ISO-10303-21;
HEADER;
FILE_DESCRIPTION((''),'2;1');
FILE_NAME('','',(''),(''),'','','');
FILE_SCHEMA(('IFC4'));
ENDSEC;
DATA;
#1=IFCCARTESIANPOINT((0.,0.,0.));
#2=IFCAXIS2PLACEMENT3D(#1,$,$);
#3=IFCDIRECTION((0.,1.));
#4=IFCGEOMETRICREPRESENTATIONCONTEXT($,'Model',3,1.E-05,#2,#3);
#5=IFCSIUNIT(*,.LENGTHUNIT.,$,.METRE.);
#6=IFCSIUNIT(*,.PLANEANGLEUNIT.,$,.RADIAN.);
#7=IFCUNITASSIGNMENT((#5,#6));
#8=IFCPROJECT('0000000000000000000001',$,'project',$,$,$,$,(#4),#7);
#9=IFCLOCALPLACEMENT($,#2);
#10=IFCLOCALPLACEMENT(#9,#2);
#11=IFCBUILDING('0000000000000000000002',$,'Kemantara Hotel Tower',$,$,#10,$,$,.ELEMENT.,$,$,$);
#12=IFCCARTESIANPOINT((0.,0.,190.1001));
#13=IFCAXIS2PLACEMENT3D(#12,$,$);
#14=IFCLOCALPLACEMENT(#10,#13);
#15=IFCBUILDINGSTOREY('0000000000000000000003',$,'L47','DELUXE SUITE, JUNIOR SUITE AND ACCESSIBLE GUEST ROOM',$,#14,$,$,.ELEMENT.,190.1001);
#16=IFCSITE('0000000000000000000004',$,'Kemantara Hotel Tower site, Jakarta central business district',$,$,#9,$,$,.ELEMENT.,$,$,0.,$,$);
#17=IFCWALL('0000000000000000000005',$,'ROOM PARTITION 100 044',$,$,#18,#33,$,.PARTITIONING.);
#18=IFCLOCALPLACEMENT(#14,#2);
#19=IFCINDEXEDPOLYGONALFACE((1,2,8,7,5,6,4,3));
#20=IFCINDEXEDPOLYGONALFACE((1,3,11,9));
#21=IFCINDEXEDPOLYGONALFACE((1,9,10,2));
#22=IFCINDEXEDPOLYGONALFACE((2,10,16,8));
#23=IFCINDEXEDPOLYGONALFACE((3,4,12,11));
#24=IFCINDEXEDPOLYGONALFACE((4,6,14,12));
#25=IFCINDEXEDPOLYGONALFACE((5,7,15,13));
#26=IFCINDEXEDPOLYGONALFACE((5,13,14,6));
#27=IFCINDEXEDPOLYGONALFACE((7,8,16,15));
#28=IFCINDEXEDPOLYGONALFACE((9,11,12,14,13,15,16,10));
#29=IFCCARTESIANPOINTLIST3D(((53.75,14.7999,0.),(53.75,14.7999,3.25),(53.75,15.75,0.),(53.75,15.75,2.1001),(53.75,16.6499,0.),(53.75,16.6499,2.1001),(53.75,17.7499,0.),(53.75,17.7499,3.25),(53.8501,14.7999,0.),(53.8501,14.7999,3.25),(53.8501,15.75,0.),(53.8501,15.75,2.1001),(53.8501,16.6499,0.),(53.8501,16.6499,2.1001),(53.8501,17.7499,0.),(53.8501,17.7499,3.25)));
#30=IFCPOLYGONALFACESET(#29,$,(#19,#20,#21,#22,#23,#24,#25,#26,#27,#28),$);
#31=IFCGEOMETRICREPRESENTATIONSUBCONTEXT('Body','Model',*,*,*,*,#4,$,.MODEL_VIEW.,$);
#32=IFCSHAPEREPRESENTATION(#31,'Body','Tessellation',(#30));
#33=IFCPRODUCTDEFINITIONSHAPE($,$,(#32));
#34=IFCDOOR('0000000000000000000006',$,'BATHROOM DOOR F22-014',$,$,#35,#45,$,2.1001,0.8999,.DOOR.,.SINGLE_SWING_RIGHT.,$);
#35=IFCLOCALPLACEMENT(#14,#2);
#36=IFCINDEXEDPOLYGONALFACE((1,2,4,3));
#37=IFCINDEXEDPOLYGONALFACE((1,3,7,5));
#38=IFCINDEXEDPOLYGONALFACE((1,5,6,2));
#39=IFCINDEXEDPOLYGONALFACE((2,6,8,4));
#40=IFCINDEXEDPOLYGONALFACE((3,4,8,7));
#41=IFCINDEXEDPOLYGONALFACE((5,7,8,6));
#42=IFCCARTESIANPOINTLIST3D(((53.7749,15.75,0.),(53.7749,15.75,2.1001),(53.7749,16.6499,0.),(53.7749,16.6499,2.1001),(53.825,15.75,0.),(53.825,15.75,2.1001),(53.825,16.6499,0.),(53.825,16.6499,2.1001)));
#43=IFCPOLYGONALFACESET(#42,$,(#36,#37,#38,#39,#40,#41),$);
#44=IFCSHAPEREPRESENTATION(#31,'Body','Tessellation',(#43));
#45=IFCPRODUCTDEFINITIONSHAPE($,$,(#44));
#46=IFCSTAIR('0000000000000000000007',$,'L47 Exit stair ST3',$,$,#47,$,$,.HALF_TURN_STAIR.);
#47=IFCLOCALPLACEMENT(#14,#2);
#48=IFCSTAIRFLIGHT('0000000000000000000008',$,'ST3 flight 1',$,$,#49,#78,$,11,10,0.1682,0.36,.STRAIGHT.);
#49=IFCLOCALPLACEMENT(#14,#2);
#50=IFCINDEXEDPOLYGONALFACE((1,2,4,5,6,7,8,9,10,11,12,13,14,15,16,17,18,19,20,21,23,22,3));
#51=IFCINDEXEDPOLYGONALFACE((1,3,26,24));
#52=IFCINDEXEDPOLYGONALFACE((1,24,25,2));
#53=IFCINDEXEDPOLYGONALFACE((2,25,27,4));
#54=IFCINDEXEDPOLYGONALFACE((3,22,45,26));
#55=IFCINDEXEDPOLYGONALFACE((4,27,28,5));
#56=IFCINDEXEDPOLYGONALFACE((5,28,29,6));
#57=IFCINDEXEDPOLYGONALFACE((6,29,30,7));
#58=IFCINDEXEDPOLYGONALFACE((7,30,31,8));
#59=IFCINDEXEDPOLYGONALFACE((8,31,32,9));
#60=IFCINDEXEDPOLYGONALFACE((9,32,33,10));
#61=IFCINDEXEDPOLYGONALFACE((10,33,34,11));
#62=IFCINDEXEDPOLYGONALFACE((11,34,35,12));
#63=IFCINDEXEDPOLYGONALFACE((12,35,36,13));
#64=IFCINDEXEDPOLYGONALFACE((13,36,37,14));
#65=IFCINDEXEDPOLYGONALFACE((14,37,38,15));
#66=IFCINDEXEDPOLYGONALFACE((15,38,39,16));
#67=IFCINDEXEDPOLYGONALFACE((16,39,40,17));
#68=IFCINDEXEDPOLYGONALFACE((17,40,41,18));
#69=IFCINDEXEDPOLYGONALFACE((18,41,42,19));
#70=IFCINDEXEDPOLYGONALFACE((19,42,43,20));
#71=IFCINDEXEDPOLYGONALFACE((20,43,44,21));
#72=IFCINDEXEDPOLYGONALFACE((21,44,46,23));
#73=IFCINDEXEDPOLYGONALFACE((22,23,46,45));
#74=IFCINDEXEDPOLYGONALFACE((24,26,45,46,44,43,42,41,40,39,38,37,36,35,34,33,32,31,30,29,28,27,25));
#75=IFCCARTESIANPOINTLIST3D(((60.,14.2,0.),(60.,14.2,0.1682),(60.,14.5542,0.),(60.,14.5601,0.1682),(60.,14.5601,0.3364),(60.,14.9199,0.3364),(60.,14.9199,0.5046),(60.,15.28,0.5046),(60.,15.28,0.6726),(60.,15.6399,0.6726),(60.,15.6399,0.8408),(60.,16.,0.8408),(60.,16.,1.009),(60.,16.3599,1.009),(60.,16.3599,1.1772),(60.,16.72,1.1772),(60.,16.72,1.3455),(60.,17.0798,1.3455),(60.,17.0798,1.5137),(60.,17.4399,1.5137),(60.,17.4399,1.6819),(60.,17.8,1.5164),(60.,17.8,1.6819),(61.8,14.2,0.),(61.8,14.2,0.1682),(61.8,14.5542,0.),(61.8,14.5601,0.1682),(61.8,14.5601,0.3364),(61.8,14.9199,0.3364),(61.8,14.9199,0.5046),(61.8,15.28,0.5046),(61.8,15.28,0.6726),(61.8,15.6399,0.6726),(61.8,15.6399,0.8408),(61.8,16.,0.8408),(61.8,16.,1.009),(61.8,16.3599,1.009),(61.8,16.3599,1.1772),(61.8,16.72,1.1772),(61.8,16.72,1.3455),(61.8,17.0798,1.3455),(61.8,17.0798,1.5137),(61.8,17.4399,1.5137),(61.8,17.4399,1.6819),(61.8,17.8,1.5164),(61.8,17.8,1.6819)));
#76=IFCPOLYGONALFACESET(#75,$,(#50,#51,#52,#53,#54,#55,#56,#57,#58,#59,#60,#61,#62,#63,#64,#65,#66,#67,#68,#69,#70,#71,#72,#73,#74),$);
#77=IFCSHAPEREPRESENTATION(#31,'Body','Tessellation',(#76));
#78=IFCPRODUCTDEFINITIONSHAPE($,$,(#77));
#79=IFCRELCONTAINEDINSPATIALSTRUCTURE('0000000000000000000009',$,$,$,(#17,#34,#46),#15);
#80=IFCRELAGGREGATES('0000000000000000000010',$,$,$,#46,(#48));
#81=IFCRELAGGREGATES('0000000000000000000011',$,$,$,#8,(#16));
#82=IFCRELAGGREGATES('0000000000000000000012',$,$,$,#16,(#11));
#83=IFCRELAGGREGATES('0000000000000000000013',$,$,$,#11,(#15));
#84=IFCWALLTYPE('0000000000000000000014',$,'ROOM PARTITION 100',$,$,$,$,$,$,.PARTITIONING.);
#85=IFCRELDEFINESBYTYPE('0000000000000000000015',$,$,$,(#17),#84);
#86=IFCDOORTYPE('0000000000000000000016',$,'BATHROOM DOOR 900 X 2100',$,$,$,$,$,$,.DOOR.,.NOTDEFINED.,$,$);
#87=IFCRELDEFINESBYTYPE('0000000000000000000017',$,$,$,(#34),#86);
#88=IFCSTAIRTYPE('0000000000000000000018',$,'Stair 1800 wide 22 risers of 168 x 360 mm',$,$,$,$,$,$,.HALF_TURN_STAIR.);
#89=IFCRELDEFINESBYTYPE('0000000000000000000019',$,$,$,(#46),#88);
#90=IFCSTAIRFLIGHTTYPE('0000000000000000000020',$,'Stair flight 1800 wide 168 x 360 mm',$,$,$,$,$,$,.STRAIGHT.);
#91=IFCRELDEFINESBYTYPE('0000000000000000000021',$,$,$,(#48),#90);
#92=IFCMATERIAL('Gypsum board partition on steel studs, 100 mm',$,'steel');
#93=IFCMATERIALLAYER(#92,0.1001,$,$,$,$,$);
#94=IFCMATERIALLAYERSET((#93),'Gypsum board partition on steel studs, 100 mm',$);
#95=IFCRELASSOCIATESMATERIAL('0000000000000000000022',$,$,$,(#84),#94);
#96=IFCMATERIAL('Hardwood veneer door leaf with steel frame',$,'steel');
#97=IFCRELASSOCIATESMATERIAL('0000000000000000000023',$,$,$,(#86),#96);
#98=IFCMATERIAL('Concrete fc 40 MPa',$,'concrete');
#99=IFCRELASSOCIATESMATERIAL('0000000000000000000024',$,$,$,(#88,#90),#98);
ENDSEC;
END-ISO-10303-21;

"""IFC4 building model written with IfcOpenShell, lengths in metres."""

from ifc_helpers import new_model, si_unit, direction, frame, frame_2d, origin, place, context, subcontext, project, spatial, polyline, rectangle, outline, extrude, material, layer, layer_set, type_object, element, fill, aggregate, save


model = new_model("IFC4")

# Units and contexts
model_context = context("Model", 3, precision=1e-05, world=origin(), true_north=direction((0.0, 1.0)))
body_context = subcontext(model_context, "Body", "Model", "MODEL_VIEW")
ifc_project = project(units=[si_unit("LENGTHUNIT", "METRE"), si_unit("PLANEANGLEUNIT", "RADIAN")], contexts=[model_context])

# Site, building, storey
site_placement = place(None, origin())
site = spatial("IfcSite", under=ifc_project, at=site_placement, Name="Kemantara Hotel Tower site, Jakarta central business district", CompositionType="ELEMENT", RefElevation=0.0)
building_placement = place(site_placement, origin())
building = spatial("IfcBuilding", under=site, at=building_placement, Name="Kemantara Hotel Tower", CompositionType="ELEMENT")
storey_placement = place(building_placement, frame((0.0, 0.0, 190.1001)))
storey = spatial("IfcBuildingStorey", under=building, at=storey_placement, Name="L47", Description="DELUXE SUITE, JUNIOR SUITE AND ACCESSIBLE GUEST ROOM", CompositionType="ELEMENT", Elevation=190.1001)

# Shared definitions
ifc_material_1 = material(Name="Hardwood veneer door leaf with steel frame", Category="steel")

# Shared definitions
ifc_material_2 = material(Name="Concrete fc 40 MPa", Category="concrete")

# Shared definitions
ifc_material_3 = material(Name="Gypsum board partition on steel studs, 100 mm", Category="steel")
ifc_layer_1 = layer(ifc_material_3, 0.1001)
ifc_layer_set_1 = layer_set([ifc_layer_1], Name="Gypsum board partition on steel studs, 100 mm")
wall_type_1 = type_object("IfcWallType", Name="ROOM PARTITION 100", PredefinedType="PARTITIONING", material=ifc_layer_set_1)
door_type_1 = type_object("IfcDoorType", Name="BATHROOM DOOR 900 X 2100", OperationType="NOTDEFINED", PredefinedType="DOOR", material=ifc_material_1)

# Wall, opening, door
wall_1_placement = place(storey_placement, frame((53.8, 17.75, 0.0), z_axis=(0.0, 0.0, 1.0), x_axis=(0.0, -1.0, 0.0)))
wall_1 = element("IfcWall", 1, at=wall_1_placement, inside=storey, type_object=wall_type_1, Name="ROOM PARTITION 100 044", PredefinedType="PARTITIONING", context=body_context, shape_type="SweptSolid", body=[
    extrude(rectangle(XDim=2.95, YDim=0.1001, at=frame_2d((1.4751, 0.0))), origin(), (0.0, 0.0, 1.0), 3.25),
])
opening_1_placement = place(wall_1_placement, frame((1.1001, 0.0, 0.0)))
opening_1 = element("IfcOpeningElement", 2, at=opening_1_placement, cuts=wall_1, PredefinedType="OPENING", context=body_context, shape_type="SweptSolid", body=[
    extrude(rectangle(XDim=0.8999, YDim=2.1001, at=frame_2d((0.45, 1.05))), frame((0.0, 0.0601, 0.0), z_axis=(0.0, -1.0, 0.0), x_axis=(1.0, 0.0, 0.0)), (0.0, 0.0, 1.0), 0.1201),
])
door_1_placement = place(opening_1_placement, origin())
door_1 = element("IfcDoor", 3, at=door_1_placement, inside=storey, type_object=door_type_1, Name="BATHROOM DOOR F22-014", OperationType="SINGLE_SWING_RIGHT", OverallHeight=2.1001, OverallWidth=0.8999, PredefinedType="DOOR", context=body_context, shape_type="SweptSolid", body=[
    extrude(rectangle(XDim=0.8999, YDim=2.1001, at=frame_2d((0.45, 1.05))), frame((0.0, 0.0249, 0.0), z_axis=(0.0, -1.0, 0.0), x_axis=(1.0, 0.0, 0.0)), (0.0, 0.0, 1.0), 0.05),
])
fill(opening_1, door_1)

# Stair, stair flight
stair_type = type_object("IfcStairType", Name="Stair 1800 wide 22 risers of 168 x 360 mm", PredefinedType="HALF_TURN_STAIR", material=ifc_material_2)
stair_placement = place(storey_placement, origin())
stair = element("IfcStair", 4, at=stair_placement, inside=storey, type_object=stair_type, Name="L47 Exit stair ST3", PredefinedType="HALF_TURN_STAIR")
stair_flight_type = type_object("IfcStairFlightType", Name="Stair flight 1800 wide 168 x 360 mm", PredefinedType="STRAIGHT", material=ifc_material_2)
stair_flight_placement = place(storey_placement, frame((60.8999, 14.2, 0.0), z_axis=(0.0, 0.0, 1.0), x_axis=(0.0, 1.0, 0.0)))
stair_flight = element("IfcStairFlight", 5, at=stair_flight_placement, type_object=stair_flight_type, Name="ST3 flight 1", NumberOfRisers=11, NumberOfTreads=10, PredefinedType="STRAIGHT", RiserHeight=0.1682, TreadLength=0.36, context=body_context, shape_type="SweptSolid", body=[
    extrude(outline(polyline([(0.0, 0.0), (0.0, 0.1682), (0.3601, 0.1682), (0.3601, 0.3364), (0.72, 0.3364), (0.72, 0.5046), (1.0801, 0.5046), (1.0801, 0.6726), (1.4399, 0.6726), (1.4399, 0.8408), (1.8, 0.8408), (1.8, 1.009), (2.1599, 1.009), (2.1599, 1.1772), (2.52, 1.1772), (2.52, 1.3455), (2.8799, 1.3455), (2.8799, 1.5137), (3.24, 1.5137), (3.24, 1.6819), (3.6001, 1.6819), (3.6001, 1.8501), (3.6001, 1.5164), (0.3542, 0.0), (0.0, 0.0)])), frame((0.0, 0.8999, 0.0), z_axis=(0.0, -1.0, 0.0), x_axis=(1.0, 0.0, 0.0)), (0.0, 0.0, 1.0), 1.8),
])
aggregate(stair, [stair_flight])

save(model, "model.ifc")
